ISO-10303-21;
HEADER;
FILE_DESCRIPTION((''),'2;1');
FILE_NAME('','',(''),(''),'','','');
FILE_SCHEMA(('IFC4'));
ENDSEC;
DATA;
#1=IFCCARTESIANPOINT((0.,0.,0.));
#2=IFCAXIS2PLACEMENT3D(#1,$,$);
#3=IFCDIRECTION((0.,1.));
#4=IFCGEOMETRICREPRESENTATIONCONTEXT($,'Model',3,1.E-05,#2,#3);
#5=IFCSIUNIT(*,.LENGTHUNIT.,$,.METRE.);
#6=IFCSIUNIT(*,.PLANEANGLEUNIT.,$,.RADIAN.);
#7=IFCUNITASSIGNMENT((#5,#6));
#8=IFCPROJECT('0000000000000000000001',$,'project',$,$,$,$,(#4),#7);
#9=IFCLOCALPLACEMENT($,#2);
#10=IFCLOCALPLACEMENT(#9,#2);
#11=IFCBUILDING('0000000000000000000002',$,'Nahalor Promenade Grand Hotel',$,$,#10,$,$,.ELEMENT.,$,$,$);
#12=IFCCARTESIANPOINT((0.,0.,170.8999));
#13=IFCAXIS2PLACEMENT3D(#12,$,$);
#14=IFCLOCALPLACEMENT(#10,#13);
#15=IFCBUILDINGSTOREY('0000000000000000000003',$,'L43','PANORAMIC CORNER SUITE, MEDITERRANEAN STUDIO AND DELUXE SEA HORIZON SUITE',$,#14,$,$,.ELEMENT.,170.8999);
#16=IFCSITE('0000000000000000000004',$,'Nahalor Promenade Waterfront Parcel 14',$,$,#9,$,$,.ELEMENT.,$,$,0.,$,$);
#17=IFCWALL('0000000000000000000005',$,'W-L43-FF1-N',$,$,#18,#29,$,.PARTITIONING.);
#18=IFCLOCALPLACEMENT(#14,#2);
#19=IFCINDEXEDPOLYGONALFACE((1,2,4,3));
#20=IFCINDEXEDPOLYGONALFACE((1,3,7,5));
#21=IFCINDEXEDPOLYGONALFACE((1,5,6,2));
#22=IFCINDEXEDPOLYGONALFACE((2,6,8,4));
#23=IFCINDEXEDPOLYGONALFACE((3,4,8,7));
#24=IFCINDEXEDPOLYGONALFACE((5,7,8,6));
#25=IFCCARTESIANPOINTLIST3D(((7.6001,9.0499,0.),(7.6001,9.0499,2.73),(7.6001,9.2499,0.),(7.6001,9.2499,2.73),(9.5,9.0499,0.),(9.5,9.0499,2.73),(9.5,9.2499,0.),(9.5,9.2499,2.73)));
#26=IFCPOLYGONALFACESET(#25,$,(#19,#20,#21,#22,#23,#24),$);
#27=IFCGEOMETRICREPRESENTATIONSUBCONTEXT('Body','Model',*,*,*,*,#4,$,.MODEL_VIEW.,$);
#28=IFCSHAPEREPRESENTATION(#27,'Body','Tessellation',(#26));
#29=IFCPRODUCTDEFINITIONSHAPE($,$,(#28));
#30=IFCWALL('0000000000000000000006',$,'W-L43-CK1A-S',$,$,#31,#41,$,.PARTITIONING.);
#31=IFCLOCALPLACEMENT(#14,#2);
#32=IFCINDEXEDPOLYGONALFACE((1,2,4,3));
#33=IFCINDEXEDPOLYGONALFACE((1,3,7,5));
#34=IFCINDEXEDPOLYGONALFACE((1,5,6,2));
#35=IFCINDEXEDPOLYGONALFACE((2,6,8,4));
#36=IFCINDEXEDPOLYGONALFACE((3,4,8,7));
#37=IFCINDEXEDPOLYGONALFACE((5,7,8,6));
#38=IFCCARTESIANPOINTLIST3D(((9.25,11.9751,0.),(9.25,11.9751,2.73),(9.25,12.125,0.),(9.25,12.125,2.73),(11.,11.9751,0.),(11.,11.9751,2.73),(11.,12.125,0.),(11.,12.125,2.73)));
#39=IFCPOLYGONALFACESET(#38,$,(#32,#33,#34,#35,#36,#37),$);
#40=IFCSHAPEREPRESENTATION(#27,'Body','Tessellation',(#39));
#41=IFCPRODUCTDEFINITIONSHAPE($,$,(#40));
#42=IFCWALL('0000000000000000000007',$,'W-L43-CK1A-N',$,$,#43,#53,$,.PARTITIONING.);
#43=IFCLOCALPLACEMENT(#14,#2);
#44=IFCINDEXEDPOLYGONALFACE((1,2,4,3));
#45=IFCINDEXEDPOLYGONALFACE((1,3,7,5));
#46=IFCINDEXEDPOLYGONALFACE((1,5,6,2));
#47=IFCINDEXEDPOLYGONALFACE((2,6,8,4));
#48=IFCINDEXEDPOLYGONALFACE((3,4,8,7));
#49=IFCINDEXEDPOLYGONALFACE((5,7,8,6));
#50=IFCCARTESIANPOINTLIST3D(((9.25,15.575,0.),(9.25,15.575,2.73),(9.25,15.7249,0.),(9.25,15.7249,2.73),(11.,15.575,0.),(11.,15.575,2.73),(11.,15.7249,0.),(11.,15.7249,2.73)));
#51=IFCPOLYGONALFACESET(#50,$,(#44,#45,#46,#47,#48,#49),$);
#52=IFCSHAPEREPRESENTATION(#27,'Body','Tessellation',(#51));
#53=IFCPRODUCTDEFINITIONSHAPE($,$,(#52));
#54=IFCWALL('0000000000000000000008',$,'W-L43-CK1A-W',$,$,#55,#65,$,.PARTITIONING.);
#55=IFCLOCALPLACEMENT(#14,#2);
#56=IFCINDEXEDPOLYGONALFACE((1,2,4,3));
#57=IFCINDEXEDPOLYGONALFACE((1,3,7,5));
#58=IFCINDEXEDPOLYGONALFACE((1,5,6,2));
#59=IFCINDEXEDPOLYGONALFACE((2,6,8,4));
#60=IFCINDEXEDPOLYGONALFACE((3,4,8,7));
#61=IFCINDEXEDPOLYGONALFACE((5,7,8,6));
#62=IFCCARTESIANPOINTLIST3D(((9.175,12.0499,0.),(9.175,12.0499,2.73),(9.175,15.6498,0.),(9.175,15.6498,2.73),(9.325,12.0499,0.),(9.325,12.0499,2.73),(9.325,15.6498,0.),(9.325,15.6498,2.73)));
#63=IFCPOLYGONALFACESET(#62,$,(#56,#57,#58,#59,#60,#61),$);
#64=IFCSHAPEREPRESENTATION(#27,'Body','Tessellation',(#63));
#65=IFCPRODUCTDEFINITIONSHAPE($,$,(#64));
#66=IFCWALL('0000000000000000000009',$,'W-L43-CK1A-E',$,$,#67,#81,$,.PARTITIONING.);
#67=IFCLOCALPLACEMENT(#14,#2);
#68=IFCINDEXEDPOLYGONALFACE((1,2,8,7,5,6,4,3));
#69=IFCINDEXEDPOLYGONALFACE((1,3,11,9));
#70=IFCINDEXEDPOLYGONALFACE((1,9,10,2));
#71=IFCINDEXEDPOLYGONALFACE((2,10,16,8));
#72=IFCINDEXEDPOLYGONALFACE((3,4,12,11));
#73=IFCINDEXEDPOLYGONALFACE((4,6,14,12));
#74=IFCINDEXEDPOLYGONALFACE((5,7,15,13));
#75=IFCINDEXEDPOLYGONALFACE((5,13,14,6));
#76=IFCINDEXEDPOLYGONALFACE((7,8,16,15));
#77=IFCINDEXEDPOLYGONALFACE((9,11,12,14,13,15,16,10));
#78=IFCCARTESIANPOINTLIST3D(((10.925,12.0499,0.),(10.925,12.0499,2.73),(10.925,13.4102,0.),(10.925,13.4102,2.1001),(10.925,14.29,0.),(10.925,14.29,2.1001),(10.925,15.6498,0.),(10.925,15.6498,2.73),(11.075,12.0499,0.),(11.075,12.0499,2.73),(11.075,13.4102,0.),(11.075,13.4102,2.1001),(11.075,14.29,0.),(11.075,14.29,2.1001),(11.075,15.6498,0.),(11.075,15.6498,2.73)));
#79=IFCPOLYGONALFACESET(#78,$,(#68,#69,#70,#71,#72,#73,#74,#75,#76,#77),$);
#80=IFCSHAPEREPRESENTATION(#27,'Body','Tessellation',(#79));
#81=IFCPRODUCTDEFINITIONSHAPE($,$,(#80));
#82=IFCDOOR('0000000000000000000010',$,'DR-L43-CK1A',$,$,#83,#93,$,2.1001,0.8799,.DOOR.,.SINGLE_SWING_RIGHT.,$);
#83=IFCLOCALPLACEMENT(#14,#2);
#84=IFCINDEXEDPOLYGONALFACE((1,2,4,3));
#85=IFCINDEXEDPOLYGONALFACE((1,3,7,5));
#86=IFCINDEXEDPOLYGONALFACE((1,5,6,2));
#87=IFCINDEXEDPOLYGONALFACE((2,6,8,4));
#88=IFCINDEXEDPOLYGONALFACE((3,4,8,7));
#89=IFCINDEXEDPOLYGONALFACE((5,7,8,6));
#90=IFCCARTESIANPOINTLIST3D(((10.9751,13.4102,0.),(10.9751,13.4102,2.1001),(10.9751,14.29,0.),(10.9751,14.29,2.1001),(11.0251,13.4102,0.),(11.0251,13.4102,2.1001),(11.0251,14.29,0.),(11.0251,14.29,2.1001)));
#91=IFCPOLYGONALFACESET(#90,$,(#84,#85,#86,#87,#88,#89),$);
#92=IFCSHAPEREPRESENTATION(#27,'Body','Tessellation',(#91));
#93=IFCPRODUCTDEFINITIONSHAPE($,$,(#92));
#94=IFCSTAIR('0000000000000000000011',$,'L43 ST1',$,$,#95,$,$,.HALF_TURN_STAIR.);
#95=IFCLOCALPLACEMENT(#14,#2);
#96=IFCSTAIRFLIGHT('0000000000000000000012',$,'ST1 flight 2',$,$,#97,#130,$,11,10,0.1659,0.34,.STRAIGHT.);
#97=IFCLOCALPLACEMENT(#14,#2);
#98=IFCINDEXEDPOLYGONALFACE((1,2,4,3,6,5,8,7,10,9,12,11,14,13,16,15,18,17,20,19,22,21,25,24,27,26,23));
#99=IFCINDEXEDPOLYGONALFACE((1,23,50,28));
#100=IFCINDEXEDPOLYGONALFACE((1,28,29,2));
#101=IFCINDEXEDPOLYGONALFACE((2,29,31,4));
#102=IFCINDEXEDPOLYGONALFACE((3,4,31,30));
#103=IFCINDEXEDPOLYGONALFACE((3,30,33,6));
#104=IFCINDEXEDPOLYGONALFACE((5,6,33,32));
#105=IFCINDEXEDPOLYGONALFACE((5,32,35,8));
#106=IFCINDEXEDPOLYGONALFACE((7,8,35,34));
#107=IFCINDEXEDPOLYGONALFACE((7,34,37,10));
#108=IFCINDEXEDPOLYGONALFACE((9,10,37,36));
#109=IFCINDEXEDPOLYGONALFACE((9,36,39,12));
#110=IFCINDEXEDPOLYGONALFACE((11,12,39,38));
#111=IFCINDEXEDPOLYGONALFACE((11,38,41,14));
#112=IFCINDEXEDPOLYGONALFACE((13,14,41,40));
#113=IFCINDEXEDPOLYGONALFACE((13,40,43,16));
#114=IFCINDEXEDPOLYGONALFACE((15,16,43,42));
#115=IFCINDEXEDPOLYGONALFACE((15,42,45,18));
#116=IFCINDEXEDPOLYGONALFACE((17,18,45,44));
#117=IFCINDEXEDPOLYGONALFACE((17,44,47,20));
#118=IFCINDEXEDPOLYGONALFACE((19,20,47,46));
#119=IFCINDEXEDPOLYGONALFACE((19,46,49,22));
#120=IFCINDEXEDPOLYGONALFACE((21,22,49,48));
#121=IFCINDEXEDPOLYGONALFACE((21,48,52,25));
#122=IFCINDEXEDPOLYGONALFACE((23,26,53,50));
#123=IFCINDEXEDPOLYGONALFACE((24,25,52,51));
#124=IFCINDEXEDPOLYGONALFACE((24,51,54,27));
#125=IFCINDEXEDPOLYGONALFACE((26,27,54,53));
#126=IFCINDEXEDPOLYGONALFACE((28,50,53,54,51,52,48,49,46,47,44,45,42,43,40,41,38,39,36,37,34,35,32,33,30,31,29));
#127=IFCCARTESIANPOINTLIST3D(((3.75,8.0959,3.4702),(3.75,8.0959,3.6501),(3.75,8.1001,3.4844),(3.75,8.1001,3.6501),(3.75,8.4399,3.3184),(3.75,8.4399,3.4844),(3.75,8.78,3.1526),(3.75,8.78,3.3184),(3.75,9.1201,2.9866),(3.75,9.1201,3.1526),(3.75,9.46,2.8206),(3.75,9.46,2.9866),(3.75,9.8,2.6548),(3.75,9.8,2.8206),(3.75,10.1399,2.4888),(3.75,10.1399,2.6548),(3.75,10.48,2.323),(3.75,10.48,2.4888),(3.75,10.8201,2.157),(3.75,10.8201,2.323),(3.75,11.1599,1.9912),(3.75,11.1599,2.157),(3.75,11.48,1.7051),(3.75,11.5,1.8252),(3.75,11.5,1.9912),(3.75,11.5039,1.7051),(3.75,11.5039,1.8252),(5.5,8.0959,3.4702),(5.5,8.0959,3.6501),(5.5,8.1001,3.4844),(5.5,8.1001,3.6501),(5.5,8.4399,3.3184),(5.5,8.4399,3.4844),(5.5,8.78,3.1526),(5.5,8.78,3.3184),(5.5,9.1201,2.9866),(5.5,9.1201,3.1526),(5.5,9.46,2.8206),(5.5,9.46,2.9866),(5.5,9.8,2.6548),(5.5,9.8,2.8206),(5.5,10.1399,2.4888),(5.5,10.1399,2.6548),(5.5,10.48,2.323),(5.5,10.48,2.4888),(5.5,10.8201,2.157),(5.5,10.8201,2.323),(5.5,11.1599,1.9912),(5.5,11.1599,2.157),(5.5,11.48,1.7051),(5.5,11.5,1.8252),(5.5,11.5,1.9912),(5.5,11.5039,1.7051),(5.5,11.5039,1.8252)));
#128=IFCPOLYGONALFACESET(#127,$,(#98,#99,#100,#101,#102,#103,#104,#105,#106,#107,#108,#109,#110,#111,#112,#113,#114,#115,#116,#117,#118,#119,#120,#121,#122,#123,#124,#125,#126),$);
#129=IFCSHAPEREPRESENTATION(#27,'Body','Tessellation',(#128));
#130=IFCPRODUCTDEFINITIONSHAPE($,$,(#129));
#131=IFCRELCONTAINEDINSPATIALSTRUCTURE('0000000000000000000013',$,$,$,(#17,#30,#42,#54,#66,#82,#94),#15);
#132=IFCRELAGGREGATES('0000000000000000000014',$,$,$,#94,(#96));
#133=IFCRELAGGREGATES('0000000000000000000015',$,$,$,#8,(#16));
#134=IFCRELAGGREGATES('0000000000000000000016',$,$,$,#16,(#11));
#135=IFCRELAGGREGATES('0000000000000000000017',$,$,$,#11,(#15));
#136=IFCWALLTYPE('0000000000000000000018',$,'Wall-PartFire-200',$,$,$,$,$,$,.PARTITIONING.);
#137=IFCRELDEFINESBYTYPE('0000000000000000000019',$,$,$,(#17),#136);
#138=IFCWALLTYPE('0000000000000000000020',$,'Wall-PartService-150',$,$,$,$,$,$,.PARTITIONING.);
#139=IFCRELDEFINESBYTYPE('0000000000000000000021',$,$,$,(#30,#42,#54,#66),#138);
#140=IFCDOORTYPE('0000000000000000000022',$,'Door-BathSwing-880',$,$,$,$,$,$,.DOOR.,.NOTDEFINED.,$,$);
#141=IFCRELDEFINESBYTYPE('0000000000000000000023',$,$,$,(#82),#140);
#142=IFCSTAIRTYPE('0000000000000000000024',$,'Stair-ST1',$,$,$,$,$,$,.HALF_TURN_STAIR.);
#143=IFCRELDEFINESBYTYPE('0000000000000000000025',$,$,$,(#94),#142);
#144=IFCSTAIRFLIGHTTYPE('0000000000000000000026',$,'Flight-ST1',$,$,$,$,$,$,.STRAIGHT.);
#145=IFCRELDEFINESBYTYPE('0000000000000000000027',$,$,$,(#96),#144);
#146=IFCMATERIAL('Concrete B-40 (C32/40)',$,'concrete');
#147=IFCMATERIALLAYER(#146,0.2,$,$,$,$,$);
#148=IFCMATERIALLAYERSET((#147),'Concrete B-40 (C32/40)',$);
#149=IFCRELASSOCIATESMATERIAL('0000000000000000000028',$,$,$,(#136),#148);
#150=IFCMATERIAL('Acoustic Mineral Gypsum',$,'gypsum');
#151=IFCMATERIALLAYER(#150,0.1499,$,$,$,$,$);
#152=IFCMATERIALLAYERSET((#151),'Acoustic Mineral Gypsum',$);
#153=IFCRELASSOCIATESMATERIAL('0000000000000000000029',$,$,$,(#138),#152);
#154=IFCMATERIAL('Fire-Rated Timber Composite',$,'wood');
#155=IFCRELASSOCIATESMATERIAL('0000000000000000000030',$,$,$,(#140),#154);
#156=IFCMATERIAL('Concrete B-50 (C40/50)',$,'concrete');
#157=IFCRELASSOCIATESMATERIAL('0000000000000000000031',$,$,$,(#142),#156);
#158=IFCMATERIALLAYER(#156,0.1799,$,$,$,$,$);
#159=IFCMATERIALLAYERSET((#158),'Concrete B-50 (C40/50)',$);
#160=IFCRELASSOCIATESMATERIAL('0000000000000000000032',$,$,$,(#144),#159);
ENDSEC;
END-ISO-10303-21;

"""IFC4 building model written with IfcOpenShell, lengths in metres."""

from ifc_helpers import new_model, si_unit, direction, frame, frame_2d, origin, place, context, subcontext, project, spatial, polyline, rectangle, outline, extrude, source, transform, mapped, material, layer, layer_set, type_object, element, fill, aggregate, save


model = new_model("IFC4")

# Units and contexts
model_context = context("Model", 3, precision=1e-05, world=origin(), true_north=direction((0.0, 1.0)))
body_context = subcontext(model_context, "Body", "Model", "MODEL_VIEW")
ifc_project = project(units=[si_unit("LENGTHUNIT", "METRE"), si_unit("PLANEANGLEUNIT", "RADIAN")], contexts=[model_context])

# Site, building, storey
site_placement = place(None, origin())
site = spatial("IfcSite", under=ifc_project, at=site_placement, Name="Nahalor Promenade Waterfront Parcel 14", CompositionType="ELEMENT", RefElevation=0.0)
building_placement = place(site_placement, origin())
building = spatial("IfcBuilding", under=site, at=building_placement, Name="Nahalor Promenade Grand Hotel", CompositionType="ELEMENT")
storey_placement = place(building_placement, frame((0.0, 0.0, 170.8999)))
storey = spatial("IfcBuildingStorey", under=building, at=storey_placement, Name="L43", Description="PANORAMIC CORNER SUITE, MEDITERRANEAN STUDIO AND DELUXE SEA HORIZON SUITE", CompositionType="ELEMENT", Elevation=170.8999)

# Shared definitions
ifc_material_1 = material(Name="Concrete B-50 (C40/50)", Category="concrete")

# Walls
ifc_material_2 = material(Name="Concrete B-40 (C32/40)", Category="concrete")
ifc_layer_1 = layer(ifc_material_2, 0.2)
ifc_layer_set_1 = layer_set([ifc_layer_1], Name="Concrete B-40 (C32/40)")
wall_type_1 = type_object("IfcWallType", Name="Wall-PartFire-200", PredefinedType="PARTITIONING", material=ifc_layer_set_1)
shared_shape_1 = source(origin(), body_context, "Body", "SweptSolid", [
    extrude(rectangle(XDim=1.8999, YDim=0.2, at=frame_2d((0.95, 0.0))), origin(), (0.0, 0.0, 1.0), 2.73),
])
wall_1_placement = place(storey_placement, frame((7.6001, 9.1499, 0.0), z_axis=(0.0, 0.0, 1.0), x_axis=(1.0, 0.0, 0.0)))
element("IfcWall", 1, at=wall_1_placement, inside=storey, type_object=wall_type_1, Name="W-L43-FF1-N", PredefinedType="PARTITIONING", context=body_context, shape_type="MappedRepresentation", body=[
    mapped(shared_shape_1, transform((0.0, 0.0, 0.0), scale=1.0)),
])
ifc_material_3 = material(Name="Acoustic Mineral Gypsum", Category="gypsum")
ifc_layer_2 = layer(ifc_material_3, 0.1499)
ifc_layer_set_2 = layer_set([ifc_layer_2], Name="Acoustic Mineral Gypsum")
wall_type_2 = type_object("IfcWallType", Name="Wall-PartService-150", PredefinedType="PARTITIONING", material=ifc_layer_set_2)
shared_shape_2 = source(origin(), body_context, "Body", "SweptSolid", [
    extrude(rectangle(XDim=1.75, YDim=0.1499, at=frame_2d((0.875, 0.0))), origin(), (0.0, 0.0, 1.0), 2.73),
])
for number, where, z_axis, x_axis, name in (
    (2, (9.25, 12.05, 0.0), (0.0, 0.0, 1.0), (1.0, 0.0, 0.0), "W-L43-CK1A-S"),
    (3, (9.25, 15.6499, 0.0), (0.0, 0.0, 1.0), (1.0, 0.0, 0.0), "W-L43-CK1A-N"),
):
    element("IfcWall", number, at=place(storey_placement, frame(where, z_axis=z_axis, x_axis=x_axis)), inside=storey, type_object=wall_type_2, Name=name, PredefinedType="PARTITIONING", context=body_context, shape_type="MappedRepresentation", body=[
        mapped(shared_shape_2, transform((0.0, 0.0, 0.0), scale=1.0)),
    ])
shared_shape_3 = source(origin(), body_context, "Body", "SweptSolid", [
    extrude(rectangle(XDim=3.5999, YDim=0.1499, at=frame_2d((1.7998, 0.0))), origin(), (0.0, 0.0, 1.0), 2.73),
])
wall_2_placement = place(storey_placement, frame((9.25, 12.05, 0.0), z_axis=(0.0, 0.0, 1.0), x_axis=(0.0, 1.0, 0.0)))
element("IfcWall", 4, at=wall_2_placement, inside=storey, type_object=wall_type_2, Name="W-L43-CK1A-W", PredefinedType="PARTITIONING", context=body_context, shape_type="MappedRepresentation", body=[
    mapped(shared_shape_3, transform((0.0, 0.0, 0.0), scale=1.0)),
])

# Wall, opening, door
wall_3_placement = place(storey_placement, frame((11.0, 12.05, 0.0), z_axis=(0.0, 0.0, 1.0), x_axis=(0.0, 1.0, 0.0)))
wall_3 = element("IfcWall", 5, at=wall_3_placement, inside=storey, type_object=wall_type_2, Name="W-L43-CK1A-E", PredefinedType="PARTITIONING", context=body_context, shape_type="MappedRepresentation", body=[
    mapped(shared_shape_3, transform((0.0, 0.0, 0.0), scale=1.0)),
])
opening_1_placement = place(wall_3_placement, frame((1.3601, 0.0, 0.0)))
opening_1 = element("IfcOpeningElement", 6, at=opening_1_placement, cuts=wall_3, PredefinedType="OPENING", context=body_context, shape_type="SweptSolid", body=[
    extrude(rectangle(XDim=0.8799, YDim=2.1001, at=frame_2d((0.4399, 1.05))), frame((0.0, 0.085, 0.0), z_axis=(0.0, -1.0, 0.0), x_axis=(1.0, 0.0, 0.0)), (0.0, 0.0, 1.0), 0.1699),
])
ifc_material_4 = material(Name="Fire-Rated Timber Composite", Category="wood")
door_type_1 = type_object("IfcDoorType", Name="Door-BathSwing-880", OperationType="NOTDEFINED", PredefinedType="DOOR", material=ifc_material_4)
shared_shape_4 = source(origin(), body_context, "Body", "SweptSolid", [
    extrude(rectangle(XDim=0.8799, YDim=2.1001, at=frame_2d((0.4399, 1.05))), frame((0.0, 0.0249, 0.0), z_axis=(0.0, -1.0, 0.0), x_axis=(1.0, 0.0, 0.0)), (0.0, 0.0, 1.0), 0.05),
])
door_1_placement = place(opening_1_placement, origin())
door_1 = element("IfcDoor", 7, at=door_1_placement, inside=storey, type_object=door_type_1, Name="DR-L43-CK1A", OperationType="SINGLE_SWING_RIGHT", OverallHeight=2.1001, OverallWidth=0.8799, PredefinedType="DOOR", context=body_context, shape_type="MappedRepresentation", body=[
    mapped(shared_shape_4, transform((0.0, 0.0, 0.0), scale=1.0)),
])
fill(opening_1, door_1)

# Stair, stair flight
stair_type = type_object("IfcStairType", Name="Stair-ST1", PredefinedType="HALF_TURN_STAIR", material=ifc_material_1)
stair_placement = place(storey_placement, origin())
stair = element("IfcStair", 8, at=stair_placement, inside=storey, type_object=stair_type, Name="L43 ST1", PredefinedType="HALF_TURN_STAIR")
ifc_layer_3 = layer(ifc_material_1, 0.1799)
ifc_layer_set_3 = layer_set([ifc_layer_3], Name="Concrete B-50 (C40/50)")
stair_flight_type = type_object("IfcStairFlightType", Name="Flight-ST1", PredefinedType="STRAIGHT", material=ifc_layer_set_3)
shared_shape_5 = source(origin(), body_context, "Body", "SweptSolid", [
    extrude(outline(polyline([(-0.0039, -0.1201), (-0.0039, 0.0), (0.0, 0.0), (0.0, 0.166), (0.3401, 0.166), (0.3401, 0.3318), (0.6799, 0.3318), (0.6799, 0.4978), (1.02, 0.4978), (1.02, 0.6636), (1.3601, 0.6636), (1.3601, 0.8296), (1.7, 0.8296), (1.7, 0.9954), (2.04, 0.9954), (2.04, 1.1614), (2.3799, 1.1614), (2.3799, 1.3274), (2.72, 1.3274), (2.72, 1.4932), (3.0601, 1.4932), (3.0601, 1.6592), (3.3999, 1.6592), (3.3999, 1.825), (3.4041, 1.825), (3.4041, 1.645), (0.02, -0.1201), (-0.0039, -0.1201)])), frame((0.0, 0.875, 0.0), z_axis=(0.0, -1.0, 0.0), x_axis=(1.0, 0.0, 0.0)), (0.0, 0.0, 1.0), 1.75),
])
stair_flight_placement = place(storey_placement, frame((4.625, 11.5, 1.8252), z_axis=(0.0, 0.0, 1.0), x_axis=(0.0, -1.0, 0.0)))
stair_flight = element("IfcStairFlight", 9, at=stair_flight_placement, type_object=stair_flight_type, Name="ST1 flight 2", NumberOfRisers=11, NumberOfTreads=10, PredefinedType="STRAIGHT", RiserHeight=0.1659, TreadLength=0.34, context=body_context, shape_type="MappedRepresentation", body=[
    mapped(shared_shape_5, transform((0.0, 0.0, 0.0), scale=1.0)),
])
aggregate(stair, [stair_flight])

save(model, "model.ifc")
